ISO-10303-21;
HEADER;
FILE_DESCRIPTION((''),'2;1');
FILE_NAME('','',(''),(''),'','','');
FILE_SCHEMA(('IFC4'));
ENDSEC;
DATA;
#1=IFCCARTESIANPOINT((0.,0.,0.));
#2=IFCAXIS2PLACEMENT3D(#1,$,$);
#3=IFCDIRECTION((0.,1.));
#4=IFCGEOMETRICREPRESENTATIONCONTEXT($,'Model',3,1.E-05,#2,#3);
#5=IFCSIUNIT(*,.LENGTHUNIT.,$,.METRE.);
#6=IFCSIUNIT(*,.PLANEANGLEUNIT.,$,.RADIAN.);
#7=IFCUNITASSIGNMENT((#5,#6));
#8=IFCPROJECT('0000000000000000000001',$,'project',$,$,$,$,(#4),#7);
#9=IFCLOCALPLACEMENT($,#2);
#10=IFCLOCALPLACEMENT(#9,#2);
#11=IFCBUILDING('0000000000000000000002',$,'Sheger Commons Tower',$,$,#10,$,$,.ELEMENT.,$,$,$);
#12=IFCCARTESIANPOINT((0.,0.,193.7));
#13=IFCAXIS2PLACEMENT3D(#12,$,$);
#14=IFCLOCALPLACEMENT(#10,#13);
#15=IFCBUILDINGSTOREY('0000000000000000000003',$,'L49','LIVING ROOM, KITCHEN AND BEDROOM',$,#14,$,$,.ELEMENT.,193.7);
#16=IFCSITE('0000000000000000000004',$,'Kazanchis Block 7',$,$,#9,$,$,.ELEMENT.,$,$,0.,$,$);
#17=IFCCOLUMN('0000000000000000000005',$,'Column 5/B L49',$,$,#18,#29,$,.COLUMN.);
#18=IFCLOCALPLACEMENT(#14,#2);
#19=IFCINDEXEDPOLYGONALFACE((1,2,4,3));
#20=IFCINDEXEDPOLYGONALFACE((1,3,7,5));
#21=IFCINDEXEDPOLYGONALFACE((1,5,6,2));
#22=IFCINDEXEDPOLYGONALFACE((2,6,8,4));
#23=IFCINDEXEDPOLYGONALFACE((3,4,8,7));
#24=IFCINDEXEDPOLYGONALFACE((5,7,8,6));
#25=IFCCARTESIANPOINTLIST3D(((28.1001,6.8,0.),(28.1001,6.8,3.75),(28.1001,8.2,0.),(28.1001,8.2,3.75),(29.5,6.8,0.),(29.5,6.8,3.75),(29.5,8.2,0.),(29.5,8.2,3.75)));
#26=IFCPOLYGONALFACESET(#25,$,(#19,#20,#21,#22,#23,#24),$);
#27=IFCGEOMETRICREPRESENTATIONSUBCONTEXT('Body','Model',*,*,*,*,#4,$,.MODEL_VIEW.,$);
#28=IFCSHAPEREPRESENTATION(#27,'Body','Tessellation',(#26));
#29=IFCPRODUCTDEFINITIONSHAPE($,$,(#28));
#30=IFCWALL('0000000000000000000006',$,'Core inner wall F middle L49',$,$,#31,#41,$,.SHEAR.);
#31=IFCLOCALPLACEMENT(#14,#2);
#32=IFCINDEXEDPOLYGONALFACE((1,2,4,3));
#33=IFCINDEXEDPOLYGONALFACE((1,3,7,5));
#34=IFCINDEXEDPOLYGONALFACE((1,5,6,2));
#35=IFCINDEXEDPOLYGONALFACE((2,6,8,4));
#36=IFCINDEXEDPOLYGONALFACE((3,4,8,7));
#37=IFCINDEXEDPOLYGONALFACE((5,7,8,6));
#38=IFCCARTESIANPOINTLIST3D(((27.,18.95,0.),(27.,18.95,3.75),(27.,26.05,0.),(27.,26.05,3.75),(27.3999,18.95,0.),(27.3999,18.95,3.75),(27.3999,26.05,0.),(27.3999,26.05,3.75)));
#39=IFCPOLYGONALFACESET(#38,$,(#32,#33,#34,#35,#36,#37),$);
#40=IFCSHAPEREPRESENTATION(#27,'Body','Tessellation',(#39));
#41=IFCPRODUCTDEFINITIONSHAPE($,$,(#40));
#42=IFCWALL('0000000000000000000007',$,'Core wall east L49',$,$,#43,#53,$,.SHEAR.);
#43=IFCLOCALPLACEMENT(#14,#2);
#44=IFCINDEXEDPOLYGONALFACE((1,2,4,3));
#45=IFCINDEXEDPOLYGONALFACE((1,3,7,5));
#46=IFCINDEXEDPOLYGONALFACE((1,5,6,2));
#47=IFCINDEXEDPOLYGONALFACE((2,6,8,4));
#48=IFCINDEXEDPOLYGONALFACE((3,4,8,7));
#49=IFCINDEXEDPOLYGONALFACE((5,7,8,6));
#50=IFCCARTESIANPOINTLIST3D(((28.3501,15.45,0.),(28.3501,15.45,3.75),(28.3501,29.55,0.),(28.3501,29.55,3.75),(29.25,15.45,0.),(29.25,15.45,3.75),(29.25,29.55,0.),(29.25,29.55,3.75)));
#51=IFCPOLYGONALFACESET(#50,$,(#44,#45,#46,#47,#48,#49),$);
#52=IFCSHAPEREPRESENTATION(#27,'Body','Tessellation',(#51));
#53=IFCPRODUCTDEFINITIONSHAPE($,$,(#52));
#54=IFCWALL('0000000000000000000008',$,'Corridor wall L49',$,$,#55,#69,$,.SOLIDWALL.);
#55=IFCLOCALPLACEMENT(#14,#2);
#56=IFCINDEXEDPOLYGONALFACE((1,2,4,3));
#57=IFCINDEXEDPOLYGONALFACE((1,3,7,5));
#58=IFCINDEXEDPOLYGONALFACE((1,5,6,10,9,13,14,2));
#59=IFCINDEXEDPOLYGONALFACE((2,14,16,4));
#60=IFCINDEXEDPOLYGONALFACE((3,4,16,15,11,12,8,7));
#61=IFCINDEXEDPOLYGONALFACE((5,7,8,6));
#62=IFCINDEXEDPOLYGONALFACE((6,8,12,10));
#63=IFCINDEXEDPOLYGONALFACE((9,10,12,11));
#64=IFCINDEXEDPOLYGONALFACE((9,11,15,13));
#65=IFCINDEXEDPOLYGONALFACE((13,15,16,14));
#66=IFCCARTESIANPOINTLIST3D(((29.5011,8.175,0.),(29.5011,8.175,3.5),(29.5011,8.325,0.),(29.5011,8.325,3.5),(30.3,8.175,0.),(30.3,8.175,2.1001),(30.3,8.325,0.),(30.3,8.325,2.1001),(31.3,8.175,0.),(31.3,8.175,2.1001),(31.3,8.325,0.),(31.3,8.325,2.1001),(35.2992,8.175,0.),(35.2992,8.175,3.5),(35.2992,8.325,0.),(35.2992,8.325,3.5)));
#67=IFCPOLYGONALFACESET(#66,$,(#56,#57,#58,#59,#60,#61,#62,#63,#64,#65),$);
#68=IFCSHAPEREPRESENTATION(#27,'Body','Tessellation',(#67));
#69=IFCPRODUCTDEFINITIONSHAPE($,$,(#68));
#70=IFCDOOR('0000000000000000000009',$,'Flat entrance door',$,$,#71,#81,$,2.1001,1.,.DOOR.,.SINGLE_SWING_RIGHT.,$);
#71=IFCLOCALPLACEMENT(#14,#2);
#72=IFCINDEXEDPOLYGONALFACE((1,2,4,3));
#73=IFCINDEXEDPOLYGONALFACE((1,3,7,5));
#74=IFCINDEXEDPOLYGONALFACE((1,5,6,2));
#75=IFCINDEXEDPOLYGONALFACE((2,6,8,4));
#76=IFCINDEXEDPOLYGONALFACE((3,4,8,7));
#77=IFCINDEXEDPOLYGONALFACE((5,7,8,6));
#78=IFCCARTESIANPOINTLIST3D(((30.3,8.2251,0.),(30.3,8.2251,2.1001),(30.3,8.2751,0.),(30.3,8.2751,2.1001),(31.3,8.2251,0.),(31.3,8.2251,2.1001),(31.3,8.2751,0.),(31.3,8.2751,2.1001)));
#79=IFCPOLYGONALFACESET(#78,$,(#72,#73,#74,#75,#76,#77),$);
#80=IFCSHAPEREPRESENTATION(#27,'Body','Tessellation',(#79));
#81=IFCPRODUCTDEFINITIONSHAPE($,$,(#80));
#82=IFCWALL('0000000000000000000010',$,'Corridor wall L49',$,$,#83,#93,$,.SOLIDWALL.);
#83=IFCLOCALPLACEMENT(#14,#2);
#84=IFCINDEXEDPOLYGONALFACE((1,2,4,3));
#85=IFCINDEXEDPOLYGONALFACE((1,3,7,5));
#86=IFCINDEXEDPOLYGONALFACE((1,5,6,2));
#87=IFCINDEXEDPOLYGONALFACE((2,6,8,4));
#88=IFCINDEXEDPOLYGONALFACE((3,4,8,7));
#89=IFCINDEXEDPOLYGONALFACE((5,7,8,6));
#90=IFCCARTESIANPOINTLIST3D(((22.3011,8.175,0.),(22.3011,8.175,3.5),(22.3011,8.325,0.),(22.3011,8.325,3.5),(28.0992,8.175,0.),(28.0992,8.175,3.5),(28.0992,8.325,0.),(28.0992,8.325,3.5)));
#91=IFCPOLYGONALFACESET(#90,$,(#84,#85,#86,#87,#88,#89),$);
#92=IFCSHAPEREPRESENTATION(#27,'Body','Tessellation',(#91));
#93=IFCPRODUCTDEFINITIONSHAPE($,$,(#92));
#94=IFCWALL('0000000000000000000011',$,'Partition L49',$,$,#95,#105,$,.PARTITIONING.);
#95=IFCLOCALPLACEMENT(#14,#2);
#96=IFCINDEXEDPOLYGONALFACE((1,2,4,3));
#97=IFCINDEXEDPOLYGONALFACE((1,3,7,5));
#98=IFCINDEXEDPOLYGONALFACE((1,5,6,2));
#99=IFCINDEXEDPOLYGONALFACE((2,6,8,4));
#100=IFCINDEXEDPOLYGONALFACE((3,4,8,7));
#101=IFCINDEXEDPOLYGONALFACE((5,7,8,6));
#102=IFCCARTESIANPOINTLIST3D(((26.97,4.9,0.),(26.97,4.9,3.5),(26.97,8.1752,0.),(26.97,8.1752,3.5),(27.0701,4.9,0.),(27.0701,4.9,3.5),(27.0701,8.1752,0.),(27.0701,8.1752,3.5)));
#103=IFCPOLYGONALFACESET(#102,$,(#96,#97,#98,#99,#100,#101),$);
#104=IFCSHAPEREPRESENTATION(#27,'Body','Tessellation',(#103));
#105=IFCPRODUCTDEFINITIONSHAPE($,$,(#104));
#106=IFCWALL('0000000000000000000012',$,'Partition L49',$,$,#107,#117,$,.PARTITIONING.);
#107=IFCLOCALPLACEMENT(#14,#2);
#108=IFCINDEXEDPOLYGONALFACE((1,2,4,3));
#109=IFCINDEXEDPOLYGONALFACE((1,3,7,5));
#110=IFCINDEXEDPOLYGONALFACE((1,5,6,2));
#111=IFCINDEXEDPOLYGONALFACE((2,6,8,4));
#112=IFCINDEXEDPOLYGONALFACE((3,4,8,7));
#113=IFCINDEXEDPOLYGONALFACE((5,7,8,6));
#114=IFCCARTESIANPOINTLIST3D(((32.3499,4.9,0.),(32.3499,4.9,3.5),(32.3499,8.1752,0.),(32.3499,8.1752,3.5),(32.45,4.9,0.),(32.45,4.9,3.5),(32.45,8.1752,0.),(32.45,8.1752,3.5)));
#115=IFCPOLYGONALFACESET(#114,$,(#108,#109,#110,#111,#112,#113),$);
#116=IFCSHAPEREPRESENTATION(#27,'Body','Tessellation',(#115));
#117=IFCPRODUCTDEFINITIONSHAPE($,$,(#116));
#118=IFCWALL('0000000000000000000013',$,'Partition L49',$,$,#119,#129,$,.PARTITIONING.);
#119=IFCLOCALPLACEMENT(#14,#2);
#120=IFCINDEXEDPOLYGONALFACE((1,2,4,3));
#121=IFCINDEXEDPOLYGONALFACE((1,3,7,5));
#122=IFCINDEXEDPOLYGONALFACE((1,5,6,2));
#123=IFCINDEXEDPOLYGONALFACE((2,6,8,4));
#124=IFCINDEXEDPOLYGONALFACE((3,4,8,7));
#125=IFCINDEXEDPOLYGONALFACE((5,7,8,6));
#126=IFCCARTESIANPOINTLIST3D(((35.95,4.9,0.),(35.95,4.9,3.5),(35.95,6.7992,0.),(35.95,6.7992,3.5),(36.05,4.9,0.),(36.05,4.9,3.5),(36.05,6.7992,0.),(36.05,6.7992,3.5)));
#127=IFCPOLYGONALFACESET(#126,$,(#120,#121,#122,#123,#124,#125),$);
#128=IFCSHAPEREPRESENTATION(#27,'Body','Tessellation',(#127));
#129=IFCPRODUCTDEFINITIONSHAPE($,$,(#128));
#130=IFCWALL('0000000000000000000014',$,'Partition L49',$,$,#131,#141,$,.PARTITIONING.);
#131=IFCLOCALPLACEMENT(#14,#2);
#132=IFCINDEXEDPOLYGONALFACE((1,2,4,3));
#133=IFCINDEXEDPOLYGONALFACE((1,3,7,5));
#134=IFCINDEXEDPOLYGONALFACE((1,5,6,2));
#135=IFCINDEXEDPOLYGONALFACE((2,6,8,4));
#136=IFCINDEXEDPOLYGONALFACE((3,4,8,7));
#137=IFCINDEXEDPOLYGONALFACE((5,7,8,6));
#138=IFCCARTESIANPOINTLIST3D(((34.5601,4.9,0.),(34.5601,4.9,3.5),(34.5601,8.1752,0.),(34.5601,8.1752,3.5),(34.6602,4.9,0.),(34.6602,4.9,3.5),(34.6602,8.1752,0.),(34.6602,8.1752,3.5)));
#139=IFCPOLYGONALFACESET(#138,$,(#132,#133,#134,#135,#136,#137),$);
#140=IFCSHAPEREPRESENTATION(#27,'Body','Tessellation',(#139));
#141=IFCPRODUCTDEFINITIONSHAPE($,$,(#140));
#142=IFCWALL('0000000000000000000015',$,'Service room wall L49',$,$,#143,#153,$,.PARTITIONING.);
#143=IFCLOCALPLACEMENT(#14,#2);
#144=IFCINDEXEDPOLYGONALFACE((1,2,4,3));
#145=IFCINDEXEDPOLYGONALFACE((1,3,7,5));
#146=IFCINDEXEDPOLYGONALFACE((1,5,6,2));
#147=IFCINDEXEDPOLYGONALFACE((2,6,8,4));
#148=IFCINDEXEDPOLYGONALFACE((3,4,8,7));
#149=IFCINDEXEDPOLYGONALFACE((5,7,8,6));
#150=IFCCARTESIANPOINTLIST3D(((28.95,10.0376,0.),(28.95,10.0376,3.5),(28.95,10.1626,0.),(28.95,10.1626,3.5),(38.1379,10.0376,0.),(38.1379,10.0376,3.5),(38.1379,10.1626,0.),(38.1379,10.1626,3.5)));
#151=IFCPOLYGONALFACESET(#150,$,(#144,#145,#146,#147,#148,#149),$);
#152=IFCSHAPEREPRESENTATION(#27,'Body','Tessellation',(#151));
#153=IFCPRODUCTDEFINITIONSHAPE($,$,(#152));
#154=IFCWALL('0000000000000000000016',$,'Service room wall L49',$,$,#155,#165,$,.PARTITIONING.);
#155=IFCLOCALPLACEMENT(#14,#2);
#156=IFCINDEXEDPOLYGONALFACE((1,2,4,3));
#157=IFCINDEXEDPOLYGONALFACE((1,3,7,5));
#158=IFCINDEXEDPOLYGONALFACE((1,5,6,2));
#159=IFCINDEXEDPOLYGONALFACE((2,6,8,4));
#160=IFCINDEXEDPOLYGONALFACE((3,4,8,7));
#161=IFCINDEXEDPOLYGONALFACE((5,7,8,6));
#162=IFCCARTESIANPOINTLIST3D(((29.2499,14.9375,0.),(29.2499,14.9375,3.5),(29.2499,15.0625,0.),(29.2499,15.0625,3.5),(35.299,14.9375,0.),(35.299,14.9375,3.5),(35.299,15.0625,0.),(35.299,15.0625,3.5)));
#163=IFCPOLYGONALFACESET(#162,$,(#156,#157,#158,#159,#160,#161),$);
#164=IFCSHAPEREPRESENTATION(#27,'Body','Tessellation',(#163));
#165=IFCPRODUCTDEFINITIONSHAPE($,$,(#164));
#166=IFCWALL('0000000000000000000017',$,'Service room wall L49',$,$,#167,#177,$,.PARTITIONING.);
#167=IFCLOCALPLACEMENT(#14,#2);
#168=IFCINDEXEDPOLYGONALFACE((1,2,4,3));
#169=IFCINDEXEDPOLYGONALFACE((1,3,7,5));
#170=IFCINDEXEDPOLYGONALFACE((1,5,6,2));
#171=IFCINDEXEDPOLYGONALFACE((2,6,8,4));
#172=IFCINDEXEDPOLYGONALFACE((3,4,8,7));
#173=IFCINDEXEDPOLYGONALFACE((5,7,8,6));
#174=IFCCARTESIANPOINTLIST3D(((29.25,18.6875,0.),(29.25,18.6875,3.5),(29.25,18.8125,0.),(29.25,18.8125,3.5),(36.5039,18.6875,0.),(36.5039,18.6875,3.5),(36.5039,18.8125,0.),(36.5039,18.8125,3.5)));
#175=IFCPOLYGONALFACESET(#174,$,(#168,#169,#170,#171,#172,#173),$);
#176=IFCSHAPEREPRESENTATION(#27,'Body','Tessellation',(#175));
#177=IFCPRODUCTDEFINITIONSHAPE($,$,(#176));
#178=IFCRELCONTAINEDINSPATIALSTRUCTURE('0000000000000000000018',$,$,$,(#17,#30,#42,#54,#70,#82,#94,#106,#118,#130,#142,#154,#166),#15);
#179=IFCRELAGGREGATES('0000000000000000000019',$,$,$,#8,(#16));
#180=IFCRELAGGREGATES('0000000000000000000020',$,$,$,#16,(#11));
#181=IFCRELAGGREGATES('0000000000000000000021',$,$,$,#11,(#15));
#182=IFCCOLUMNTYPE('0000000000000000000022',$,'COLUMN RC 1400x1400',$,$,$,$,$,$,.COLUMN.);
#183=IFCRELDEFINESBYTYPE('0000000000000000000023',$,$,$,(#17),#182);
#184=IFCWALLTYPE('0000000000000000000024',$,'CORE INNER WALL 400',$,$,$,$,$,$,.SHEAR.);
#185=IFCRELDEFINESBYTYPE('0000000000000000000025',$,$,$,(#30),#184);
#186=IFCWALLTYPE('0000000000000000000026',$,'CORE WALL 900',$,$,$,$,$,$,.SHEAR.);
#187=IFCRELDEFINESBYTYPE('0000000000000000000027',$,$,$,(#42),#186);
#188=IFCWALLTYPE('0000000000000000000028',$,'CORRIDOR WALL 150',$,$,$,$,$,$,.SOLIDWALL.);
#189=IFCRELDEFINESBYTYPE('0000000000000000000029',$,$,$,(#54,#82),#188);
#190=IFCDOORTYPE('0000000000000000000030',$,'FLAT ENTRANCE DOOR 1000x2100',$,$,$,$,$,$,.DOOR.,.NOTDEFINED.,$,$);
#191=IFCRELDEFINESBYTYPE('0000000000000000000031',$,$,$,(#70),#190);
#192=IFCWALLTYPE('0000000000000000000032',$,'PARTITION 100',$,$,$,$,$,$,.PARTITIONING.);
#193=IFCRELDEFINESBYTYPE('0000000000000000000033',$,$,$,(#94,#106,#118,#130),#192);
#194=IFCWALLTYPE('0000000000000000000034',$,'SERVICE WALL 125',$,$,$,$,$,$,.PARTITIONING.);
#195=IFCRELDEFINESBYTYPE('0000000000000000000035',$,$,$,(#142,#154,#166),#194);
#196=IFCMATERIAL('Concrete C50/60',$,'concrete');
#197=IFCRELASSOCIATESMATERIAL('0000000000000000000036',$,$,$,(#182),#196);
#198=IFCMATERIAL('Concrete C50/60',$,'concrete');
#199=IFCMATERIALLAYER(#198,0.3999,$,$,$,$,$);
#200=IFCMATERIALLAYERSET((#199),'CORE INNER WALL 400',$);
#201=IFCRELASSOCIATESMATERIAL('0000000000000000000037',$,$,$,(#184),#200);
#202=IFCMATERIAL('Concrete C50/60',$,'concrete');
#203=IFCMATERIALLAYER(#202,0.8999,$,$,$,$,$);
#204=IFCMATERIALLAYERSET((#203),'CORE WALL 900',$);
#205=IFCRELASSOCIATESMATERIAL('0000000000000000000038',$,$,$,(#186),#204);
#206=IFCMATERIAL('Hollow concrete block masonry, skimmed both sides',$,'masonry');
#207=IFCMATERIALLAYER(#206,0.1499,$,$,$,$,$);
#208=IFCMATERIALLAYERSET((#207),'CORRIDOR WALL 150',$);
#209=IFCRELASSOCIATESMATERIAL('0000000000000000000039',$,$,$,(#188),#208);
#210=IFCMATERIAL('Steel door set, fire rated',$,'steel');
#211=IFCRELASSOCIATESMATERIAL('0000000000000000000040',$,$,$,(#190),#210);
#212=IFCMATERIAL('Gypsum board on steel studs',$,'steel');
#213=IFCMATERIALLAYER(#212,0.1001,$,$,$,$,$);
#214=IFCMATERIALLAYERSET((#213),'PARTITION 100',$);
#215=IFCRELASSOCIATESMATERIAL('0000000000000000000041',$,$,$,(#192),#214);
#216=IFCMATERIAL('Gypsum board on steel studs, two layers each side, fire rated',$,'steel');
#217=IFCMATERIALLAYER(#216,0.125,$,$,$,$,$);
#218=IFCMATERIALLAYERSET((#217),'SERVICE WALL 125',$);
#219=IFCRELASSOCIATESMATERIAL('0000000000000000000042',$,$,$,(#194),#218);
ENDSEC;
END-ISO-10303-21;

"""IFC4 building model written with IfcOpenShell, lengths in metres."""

from ifc_helpers import new_model, si_unit, direction, frame, frame_2d, origin, origin_2d, place, context, subcontext, project, spatial, rectangle, extrude, material, layer, layer_set, material_profile, profile_set, type_object, element, fill, save


model = new_model("IFC4")

# Units and contexts
model_context = context("Model", 3, precision=1e-05, world=origin(), true_north=direction((0.0, 1.0)))
body_context = subcontext(model_context, "Body", "Model", "MODEL_VIEW")
ifc_project = project(units=[si_unit("LENGTHUNIT", "METRE"), si_unit("PLANEANGLEUNIT", "RADIAN")], contexts=[model_context])

# Site, building, storey
site_placement = place(None, origin())
site = spatial("IfcSite", under=ifc_project, at=site_placement, Name="Kazanchis Block 7", CompositionType="ELEMENT", RefElevation=0.0)
building_placement = place(site_placement, origin())
building = spatial("IfcBuilding", under=site, at=building_placement, Name="Sheger Commons Tower", CompositionType="ELEMENT")
storey_placement = place(building_placement, frame((0.0, 0.0, 193.7)))
storey = spatial("IfcBuildingStorey", under=building, at=storey_placement, Name="L49", Description="LIVING ROOM, KITCHEN AND BEDROOM", CompositionType="ELEMENT", Elevation=193.7)

# Column
ifc_material_1 = material(Name="Concrete C50/60", Category="concrete")
ifc_material_profile = material_profile(ifc_material_1, rectangle(XDim=1.3999, YDim=1.3999, at=origin_2d()), Name="RC 1400x1400")
ifc_profile_set = profile_set([ifc_material_profile], Name="Concrete C50/60")
column_type = type_object("IfcColumnType", Name="COLUMN RC 1400x1400", PredefinedType="COLUMN", material=ifc_profile_set)
column_placement = place(storey_placement, frame((28.8, 7.5, 0.0), z_axis=(0.0, 0.0, 1.0), x_axis=(1.0, 0.0, 0.0)))
element("IfcColumn", 1, at=column_placement, inside=storey, type_object=column_type, Name="Column 5/B L49", PredefinedType="COLUMN", context=body_context, shape_type="SweptSolid", body=[
    extrude(rectangle(XDim=1.3999, YDim=1.3999, at=origin_2d()), origin(), (0.0, 0.0, 1.0), 3.75),
])

# Walls
ifc_material_2 = material(Name="Concrete C50/60", Category="concrete")
ifc_layer_1 = layer(ifc_material_2, 0.3999)
ifc_layer_set_1 = layer_set([ifc_layer_1], Name="CORE INNER WALL 400")
wall_type_1 = type_object("IfcWallType", Name="CORE INNER WALL 400", PredefinedType="SHEAR", material=ifc_layer_set_1)
wall_1_placement = place(storey_placement, frame((27.2, 18.95, 0.0), z_axis=(0.0, 0.0, 1.0), x_axis=(0.0, 1.0, 0.0)))
element("IfcWall", 2, at=wall_1_placement, inside=storey, type_object=wall_type_1, Name="Core inner wall F middle L49", PredefinedType="SHEAR", context=body_context, shape_type="SweptSolid", body=[
    extrude(rectangle(XDim=7.1001, YDim=0.3999, at=frame_2d((3.55, 0.0))), origin(), (0.0, 0.0, 1.0), 3.75),
])
ifc_material_3 = material(Name="Concrete C50/60", Category="concrete")
ifc_layer_2 = layer(ifc_material_3, 0.8999)
ifc_layer_set_2 = layer_set([ifc_layer_2], Name="CORE WALL 900")
wall_type_2 = type_object("IfcWallType", Name="CORE WALL 900", PredefinedType="SHEAR", material=ifc_layer_set_2)
wall_2_placement = place(storey_placement, frame((28.8, 15.45, 0.0), z_axis=(0.0, 0.0, 1.0), x_axis=(0.0, 1.0, 0.0)))
element("IfcWall", 3, at=wall_2_placement, inside=storey, type_object=wall_type_2, Name="Core wall east L49", PredefinedType="SHEAR", context=body_context, shape_type="SweptSolid", body=[
    extrude(rectangle(XDim=14.1001, YDim=0.8999, at=frame_2d((7.05, 0.0))), origin(), (0.0, 0.0, 1.0), 3.75),
])

# Wall, opening, door
ifc_material_4 = material(Name="Hollow concrete block masonry, skimmed both sides", Category="masonry")
ifc_layer_3 = layer(ifc_material_4, 0.1499)
ifc_layer_set_3 = layer_set([ifc_layer_3], Name="CORRIDOR WALL 150")
wall_type_3 = type_object("IfcWallType", Name="CORRIDOR WALL 150", PredefinedType="SOLIDWALL", material=ifc_layer_set_3)
wall_3_placement = place(storey_placement, frame((35.2991, 8.25, 0.0), z_axis=(0.0, 0.0, 1.0), x_axis=(-1.0, 0.0, 0.0)))
wall_3 = element("IfcWall", 4, at=wall_3_placement, inside=storey, type_object=wall_type_3, Name="Corridor wall L49", PredefinedType="SOLIDWALL", context=body_context, shape_type="SweptSolid", body=[
    extrude(rectangle(XDim=5.7981, YDim=0.1499, at=frame_2d((2.8989, 0.0))), origin(), (0.0, 0.0, 1.0), 3.5),
])
opening_placement = place(wall_3_placement, frame((3.999, 0.0, 0.0)))
opening = element("IfcOpeningElement", 5, at=opening_placement, cuts=wall_3, PredefinedType="OPENING", context=body_context, shape_type="SweptSolid", body=[
    extrude(rectangle(XDim=1.0, YDim=2.1001, at=frame_2d((0.5, 1.05))), frame((0.0, 0.085, 0.0), z_axis=(0.0, -1.0, 0.0), x_axis=(1.0, 0.0, 0.0)), (0.0, 0.0, 1.0), 0.1699),
])
ifc_material_5 = material(Name="Steel door set, fire rated", Category="steel")
door_type = type_object("IfcDoorType", Name="FLAT ENTRANCE DOOR 1000x2100", OperationType="NOTDEFINED", PredefinedType="DOOR", material=ifc_material_5)
door_placement = place(opening_placement, origin())
door = element("IfcDoor", 6, at=door_placement, inside=storey, type_object=door_type, Name="Flat entrance door", OperationType="SINGLE_SWING_RIGHT", OverallHeight=2.1001, OverallWidth=1.0, PredefinedType="DOOR", context=body_context, shape_type="SweptSolid", body=[
    extrude(rectangle(XDim=1.0, YDim=2.1001, at=frame_2d((0.5, 1.05))), frame((0.0, 0.0249, 0.0), z_axis=(0.0, -1.0, 0.0), x_axis=(1.0, 0.0, 0.0)), (0.0, 0.0, 1.0), 0.05),
])
fill(opening, door)

# Walls
wall_4_placement = place(storey_placement, frame((28.0991, 8.25, 0.0), z_axis=(0.0, 0.0, 1.0), x_axis=(-1.0, 0.0, 0.0)))
element("IfcWall", 7, at=wall_4_placement, inside=storey, type_object=wall_type_3, Name="Corridor wall L49", PredefinedType="SOLIDWALL", context=body_context, shape_type="SweptSolid", body=[
    extrude(rectangle(XDim=5.7981, YDim=0.1499, at=frame_2d((2.8989, 0.0))), origin(), (0.0, 0.0, 1.0), 3.5),
])
ifc_material_6 = material(Name="Gypsum board on steel studs", Category="steel")
ifc_layer_4 = layer(ifc_material_6, 0.1001)
ifc_layer_set_4 = layer_set([ifc_layer_4], Name="PARTITION 100")
wall_type_4 = type_object("IfcWallType", Name="PARTITION 100", PredefinedType="PARTITIONING", material=ifc_layer_set_4)
for number, where, z_axis, x_axis, name in (
    (8, (27.02, 4.8999, 0.0), (0.0, 0.0, 1.0), (0.0, 1.0, 0.0), "Partition L49"),
    (9, (32.3999, 4.8999, 0.0), (0.0, 0.0, 1.0), (0.0, 1.0, 0.0), "Partition L49"),
):
    element("IfcWall", number, at=place(storey_placement, frame(where, z_axis=z_axis, x_axis=x_axis)), inside=storey, type_object=wall_type_4, Name=name, PredefinedType="PARTITIONING", context=body_context, shape_type="SweptSolid", body=[
        extrude(rectangle(XDim=3.2751, YDim=0.1001, at=frame_2d((1.6377, 0.0))), origin(), (0.0, 0.0, 1.0), 3.5),
    ])
wall_5_placement = place(storey_placement, frame((36.0, 4.8999, 0.0), z_axis=(0.0, 0.0, 1.0), x_axis=(0.0, 1.0, 0.0)))
element("IfcWall", 10, at=wall_5_placement, inside=storey, type_object=wall_type_4, Name="Partition L49", PredefinedType="PARTITIONING", context=body_context, shape_type="SweptSolid", body=[
    extrude(rectangle(XDim=1.8992, YDim=0.1001, at=frame_2d((0.9497, 0.0))), origin(), (0.0, 0.0, 1.0), 3.5),
])
wall_6_placement = place(storey_placement, frame((34.6101, 4.8999, 0.0), z_axis=(0.0, 0.0, 1.0), x_axis=(0.0, 1.0, 0.0)))
element("IfcWall", 11, at=wall_6_placement, inside=storey, type_object=wall_type_4, Name="Partition L49", PredefinedType="PARTITIONING", context=body_context, shape_type="SweptSolid", body=[
    extrude(rectangle(XDim=3.2751, YDim=0.1001, at=frame_2d((1.6377, 0.0))), origin(), (0.0, 0.0, 1.0), 3.5),
])
ifc_material_7 = material(Name="Gypsum board on steel studs, two layers each side, fire rated", Category="steel")
ifc_layer_5 = layer(ifc_material_7, 0.125)
ifc_layer_set_5 = layer_set([ifc_layer_5], Name="SERVICE WALL 125")
wall_type_5 = type_object("IfcWallType", Name="SERVICE WALL 125", PredefinedType="PARTITIONING", material=ifc_layer_set_5)
wall_7_placement = place(storey_placement, frame((28.95, 10.1001, 0.0), z_axis=(0.0, 0.0, 1.0), x_axis=(1.0, 0.0, 0.0)))
element("IfcWall", 12, at=wall_7_placement, inside=storey, type_object=wall_type_5, Name="Service room wall L49", PredefinedType="PARTITIONING", context=body_context, shape_type="SweptSolid", body=[
    extrude(rectangle(XDim=9.188, YDim=0.125, at=frame_2d((4.594, 0.0))), origin(), (0.0, 0.0, 1.0), 3.5),
])
wall_8_placement = place(storey_placement, frame((29.25, 15.0, 0.0), z_axis=(0.0, 0.0, 1.0), x_axis=(1.0, 0.0, 0.0)))
element("IfcWall", 13, at=wall_8_placement, inside=storey, type_object=wall_type_5, Name="Service room wall L49", PredefinedType="PARTITIONING", context=body_context, shape_type="SweptSolid", body=[
    extrude(rectangle(XDim=6.0491, YDim=0.125, at=frame_2d((3.0244, 0.0))), origin(), (0.0, 0.0, 1.0), 3.5),
])
wall_9_placement = place(storey_placement, frame((29.25, 18.75, 0.0), z_axis=(0.0, 0.0, 1.0), x_axis=(1.0, 0.0, 0.0)))
element("IfcWall", 14, at=wall_9_placement, inside=storey, type_object=wall_type_5, Name="Service room wall L49", PredefinedType="PARTITIONING", context=body_context, shape_type="SweptSolid", body=[
    extrude(rectangle(XDim=7.2539, YDim=0.125, at=frame_2d((3.627, 0.0))), origin(), (0.0, 0.0, 1.0), 3.5),
])

save(model, "model.ifc")
